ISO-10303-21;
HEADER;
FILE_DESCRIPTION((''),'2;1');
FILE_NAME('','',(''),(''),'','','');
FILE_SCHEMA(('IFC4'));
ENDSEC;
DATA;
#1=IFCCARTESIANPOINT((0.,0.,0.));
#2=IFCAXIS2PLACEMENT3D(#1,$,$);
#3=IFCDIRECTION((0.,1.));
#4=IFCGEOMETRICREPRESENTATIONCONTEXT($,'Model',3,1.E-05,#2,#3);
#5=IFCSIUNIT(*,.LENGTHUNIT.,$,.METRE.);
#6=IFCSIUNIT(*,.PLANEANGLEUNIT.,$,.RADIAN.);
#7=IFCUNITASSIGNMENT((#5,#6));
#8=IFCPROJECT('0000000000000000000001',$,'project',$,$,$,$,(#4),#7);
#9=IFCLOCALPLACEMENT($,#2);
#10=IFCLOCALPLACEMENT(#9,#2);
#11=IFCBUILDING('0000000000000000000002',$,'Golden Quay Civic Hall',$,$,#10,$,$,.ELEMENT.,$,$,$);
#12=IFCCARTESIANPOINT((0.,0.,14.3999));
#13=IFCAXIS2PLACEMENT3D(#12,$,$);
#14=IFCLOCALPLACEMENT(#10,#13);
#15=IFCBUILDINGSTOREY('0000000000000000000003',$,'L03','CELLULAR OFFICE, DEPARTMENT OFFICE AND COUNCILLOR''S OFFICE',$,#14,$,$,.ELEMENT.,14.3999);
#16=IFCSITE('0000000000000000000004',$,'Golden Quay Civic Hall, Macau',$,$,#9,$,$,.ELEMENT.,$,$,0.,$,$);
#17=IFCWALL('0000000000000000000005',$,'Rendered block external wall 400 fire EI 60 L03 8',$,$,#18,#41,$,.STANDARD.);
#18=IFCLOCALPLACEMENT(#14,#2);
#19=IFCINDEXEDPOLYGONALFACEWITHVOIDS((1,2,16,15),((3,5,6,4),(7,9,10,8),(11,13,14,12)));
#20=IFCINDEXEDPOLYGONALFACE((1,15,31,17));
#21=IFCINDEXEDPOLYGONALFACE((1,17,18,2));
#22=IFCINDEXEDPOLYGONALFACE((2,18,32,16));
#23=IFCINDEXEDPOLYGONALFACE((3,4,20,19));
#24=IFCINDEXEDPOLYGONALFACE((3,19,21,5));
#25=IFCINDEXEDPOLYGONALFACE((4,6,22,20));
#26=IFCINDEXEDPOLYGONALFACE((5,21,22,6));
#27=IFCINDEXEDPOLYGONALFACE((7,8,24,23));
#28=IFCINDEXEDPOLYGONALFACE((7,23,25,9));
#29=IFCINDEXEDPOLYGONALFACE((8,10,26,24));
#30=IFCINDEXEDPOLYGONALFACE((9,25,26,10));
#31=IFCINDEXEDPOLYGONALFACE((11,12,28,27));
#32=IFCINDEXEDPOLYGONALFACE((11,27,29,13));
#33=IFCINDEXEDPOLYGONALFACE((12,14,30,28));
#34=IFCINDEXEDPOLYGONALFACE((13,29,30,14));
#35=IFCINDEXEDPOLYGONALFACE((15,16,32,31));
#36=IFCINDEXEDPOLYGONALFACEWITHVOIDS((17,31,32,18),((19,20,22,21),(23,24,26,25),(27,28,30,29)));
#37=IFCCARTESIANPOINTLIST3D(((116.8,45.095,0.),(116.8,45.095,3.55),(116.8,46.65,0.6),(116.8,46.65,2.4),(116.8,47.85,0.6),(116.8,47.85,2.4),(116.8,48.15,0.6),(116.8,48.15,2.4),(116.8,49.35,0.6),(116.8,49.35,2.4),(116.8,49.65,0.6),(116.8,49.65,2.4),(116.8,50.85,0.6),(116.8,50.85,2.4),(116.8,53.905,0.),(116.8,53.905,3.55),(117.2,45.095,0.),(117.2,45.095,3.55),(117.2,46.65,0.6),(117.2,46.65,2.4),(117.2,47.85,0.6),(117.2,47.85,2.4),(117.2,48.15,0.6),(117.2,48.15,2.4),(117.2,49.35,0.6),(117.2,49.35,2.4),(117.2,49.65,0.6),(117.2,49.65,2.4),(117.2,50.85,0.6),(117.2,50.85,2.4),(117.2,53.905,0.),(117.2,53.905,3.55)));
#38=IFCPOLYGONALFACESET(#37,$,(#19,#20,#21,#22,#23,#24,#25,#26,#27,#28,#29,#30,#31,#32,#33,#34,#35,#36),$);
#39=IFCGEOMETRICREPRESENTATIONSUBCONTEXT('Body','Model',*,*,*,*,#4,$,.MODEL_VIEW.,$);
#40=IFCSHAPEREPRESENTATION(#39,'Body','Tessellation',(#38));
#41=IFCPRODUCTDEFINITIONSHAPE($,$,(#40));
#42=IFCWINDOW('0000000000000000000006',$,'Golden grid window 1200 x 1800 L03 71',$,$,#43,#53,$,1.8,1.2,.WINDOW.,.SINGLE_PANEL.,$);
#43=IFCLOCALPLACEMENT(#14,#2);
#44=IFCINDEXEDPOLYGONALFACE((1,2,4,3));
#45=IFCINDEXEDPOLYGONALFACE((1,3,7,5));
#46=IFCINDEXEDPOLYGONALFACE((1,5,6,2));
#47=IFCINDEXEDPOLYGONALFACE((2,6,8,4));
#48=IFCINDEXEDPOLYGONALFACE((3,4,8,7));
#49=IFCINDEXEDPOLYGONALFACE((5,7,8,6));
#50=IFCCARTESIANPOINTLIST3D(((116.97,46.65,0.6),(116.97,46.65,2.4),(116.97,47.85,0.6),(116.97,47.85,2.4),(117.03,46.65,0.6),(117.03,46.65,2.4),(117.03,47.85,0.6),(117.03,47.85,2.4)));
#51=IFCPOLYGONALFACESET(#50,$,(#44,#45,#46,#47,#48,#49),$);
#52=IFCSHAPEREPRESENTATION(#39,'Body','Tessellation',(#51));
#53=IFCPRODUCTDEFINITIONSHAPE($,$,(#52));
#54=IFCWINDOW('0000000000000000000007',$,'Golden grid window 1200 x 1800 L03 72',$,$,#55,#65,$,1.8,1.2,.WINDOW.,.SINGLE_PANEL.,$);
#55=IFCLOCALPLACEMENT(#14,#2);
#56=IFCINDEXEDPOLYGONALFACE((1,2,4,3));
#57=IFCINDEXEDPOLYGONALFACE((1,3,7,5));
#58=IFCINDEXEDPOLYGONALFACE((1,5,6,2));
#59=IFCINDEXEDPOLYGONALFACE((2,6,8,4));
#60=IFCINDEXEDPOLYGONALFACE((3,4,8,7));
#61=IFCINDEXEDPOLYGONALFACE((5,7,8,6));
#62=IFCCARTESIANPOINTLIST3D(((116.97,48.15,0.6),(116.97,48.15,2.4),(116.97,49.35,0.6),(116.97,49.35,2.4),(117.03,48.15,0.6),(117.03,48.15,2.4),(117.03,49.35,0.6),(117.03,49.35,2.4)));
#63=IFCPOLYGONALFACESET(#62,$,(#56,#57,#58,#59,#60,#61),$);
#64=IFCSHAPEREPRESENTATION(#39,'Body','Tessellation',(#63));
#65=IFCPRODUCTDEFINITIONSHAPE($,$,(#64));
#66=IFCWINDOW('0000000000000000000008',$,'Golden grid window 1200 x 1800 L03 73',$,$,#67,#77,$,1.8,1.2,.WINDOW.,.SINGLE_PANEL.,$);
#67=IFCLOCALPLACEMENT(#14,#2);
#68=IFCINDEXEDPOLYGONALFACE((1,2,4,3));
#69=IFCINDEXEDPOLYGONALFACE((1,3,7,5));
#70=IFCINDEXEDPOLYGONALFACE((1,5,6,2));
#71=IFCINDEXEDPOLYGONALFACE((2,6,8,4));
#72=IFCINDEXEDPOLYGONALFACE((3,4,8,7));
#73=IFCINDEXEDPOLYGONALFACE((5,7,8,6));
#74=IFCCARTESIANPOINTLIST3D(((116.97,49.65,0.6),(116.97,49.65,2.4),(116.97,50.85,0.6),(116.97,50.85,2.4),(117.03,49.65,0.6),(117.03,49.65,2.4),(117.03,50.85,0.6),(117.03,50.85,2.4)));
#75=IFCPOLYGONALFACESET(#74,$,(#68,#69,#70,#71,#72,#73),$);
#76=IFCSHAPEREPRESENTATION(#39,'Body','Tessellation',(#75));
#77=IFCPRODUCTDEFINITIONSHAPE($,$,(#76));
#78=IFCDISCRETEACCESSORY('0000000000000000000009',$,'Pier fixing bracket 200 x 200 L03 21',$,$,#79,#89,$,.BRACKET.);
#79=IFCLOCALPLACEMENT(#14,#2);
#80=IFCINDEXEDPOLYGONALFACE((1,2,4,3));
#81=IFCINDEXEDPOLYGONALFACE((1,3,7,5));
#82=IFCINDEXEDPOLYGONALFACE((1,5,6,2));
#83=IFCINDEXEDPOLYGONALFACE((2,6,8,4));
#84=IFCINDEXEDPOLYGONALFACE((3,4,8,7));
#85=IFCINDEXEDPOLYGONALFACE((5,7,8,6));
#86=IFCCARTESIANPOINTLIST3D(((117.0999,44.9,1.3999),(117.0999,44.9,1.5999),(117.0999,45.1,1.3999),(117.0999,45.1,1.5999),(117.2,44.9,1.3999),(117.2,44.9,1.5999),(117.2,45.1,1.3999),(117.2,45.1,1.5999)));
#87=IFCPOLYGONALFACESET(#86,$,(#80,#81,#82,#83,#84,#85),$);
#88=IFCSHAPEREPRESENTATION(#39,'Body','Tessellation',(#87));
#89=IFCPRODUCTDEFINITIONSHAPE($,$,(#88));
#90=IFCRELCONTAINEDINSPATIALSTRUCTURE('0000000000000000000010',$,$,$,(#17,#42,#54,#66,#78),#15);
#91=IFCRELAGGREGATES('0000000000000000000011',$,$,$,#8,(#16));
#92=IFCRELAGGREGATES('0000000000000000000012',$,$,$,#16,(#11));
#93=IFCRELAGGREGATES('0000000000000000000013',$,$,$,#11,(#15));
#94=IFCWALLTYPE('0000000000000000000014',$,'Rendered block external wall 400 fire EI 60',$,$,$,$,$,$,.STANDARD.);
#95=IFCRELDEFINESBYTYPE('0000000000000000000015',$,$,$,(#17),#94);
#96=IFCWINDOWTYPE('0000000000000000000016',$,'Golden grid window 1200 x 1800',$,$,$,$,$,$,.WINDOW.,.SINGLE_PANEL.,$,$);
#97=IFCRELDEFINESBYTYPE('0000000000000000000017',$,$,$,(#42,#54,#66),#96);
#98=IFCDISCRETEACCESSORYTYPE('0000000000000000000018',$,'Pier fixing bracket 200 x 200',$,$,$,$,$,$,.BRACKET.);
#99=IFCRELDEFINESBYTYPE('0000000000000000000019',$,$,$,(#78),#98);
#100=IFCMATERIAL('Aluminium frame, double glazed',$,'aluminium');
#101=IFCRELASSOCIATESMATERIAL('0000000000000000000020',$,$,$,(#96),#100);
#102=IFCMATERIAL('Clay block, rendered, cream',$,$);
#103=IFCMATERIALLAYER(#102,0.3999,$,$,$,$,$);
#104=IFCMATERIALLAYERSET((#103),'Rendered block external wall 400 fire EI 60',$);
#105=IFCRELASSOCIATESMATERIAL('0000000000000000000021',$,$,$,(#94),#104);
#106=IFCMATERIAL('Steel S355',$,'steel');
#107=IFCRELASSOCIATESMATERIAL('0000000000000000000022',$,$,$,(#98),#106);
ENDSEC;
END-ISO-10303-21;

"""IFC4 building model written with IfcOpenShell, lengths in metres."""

from ifc_helpers import new_model, si_unit, direction, frame, frame_2d, origin, origin_2d, place, context, subcontext, project, spatial, rectangle, extrude, material, layer, layer_set, type_object, element, fill, save


model = new_model("IFC4")

# Units and contexts
model_context = context("Model", 3, precision=1e-05, world=origin(), true_north=direction((0.0, 1.0)))
body_context = subcontext(model_context, "Body", "Model", "MODEL_VIEW")
ifc_project = project(units=[si_unit("LENGTHUNIT", "METRE"), si_unit("PLANEANGLEUNIT", "RADIAN")], contexts=[model_context])

# Site, building, storey
site_placement = place(None, origin())
site = spatial("IfcSite", under=ifc_project, at=site_placement, Name="Golden Quay Civic Hall, Macau", CompositionType="ELEMENT", RefElevation=0.0)
building_placement = place(site_placement, origin())
building = spatial("IfcBuilding", under=site, at=building_placement, Name="Golden Quay Civic Hall", CompositionType="ELEMENT")
storey_placement = place(building_placement, frame((0.0, 0.0, 14.3999)))
storey = spatial("IfcBuildingStorey", under=building, at=storey_placement, Name="L03", Description="CELLULAR OFFICE, DEPARTMENT OFFICE AND COUNCILLOR'S OFFICE", CompositionType="ELEMENT", Elevation=14.3999)

# Wall, openings, windows
ifc_material_1 = material(Name="Aluminium frame, double glazed", Category="aluminium")
window_type = type_object("IfcWindowType", Name="Golden grid window 1200 x 1800", PartitioningType="SINGLE_PANEL", PredefinedType="WINDOW", material=ifc_material_1)
ifc_material_2 = material(Name="Clay block, rendered, cream")
ifc_layer_1 = layer(ifc_material_2, 0.3999)
ifc_layer_set_1 = layer_set([ifc_layer_1], Name="Rendered block external wall 400 fire EI 60")
wall_type_1 = type_object("IfcWallType", Name="Rendered block external wall 400 fire EI 60", PredefinedType="STANDARD", material=ifc_layer_set_1)
wall_1_placement = place(storey_placement, frame((117.0, 53.905, 0.0), z_axis=(0.0, 0.0, 1.0), x_axis=(0.0, -1.0, 0.0)))
wall_1 = element("IfcWall", 1, at=wall_1_placement, inside=storey, type_object=wall_type_1, Name="Rendered block external wall 400 fire EI 60 L03 8", PredefinedType="STANDARD", context=body_context, shape_type="SweptSolid", body=[
    extrude(rectangle(XDim=8.8101, YDim=0.3999, at=frame_2d((4.405, 0.0))), origin(), (0.0, 0.0, 1.0), 3.55),
])
opening_1_placement = place(wall_1_placement, frame((6.0549, 0.0, 0.6001)))
opening_1 = element("IfcOpeningElement", 2, at=opening_1_placement, cuts=wall_1, PredefinedType="OPENING", context=body_context, shape_type="SweptSolid", body=[
    extrude(rectangle(XDim=1.2, YDim=1.8, at=frame_2d((0.6001, 0.8999))), frame((0.0, 0.21, 0.0), z_axis=(0.0, -1.0, 0.0), x_axis=(1.0, 0.0, 0.0)), (0.0, 0.0, 1.0), 0.4199),
])
opening_2_placement = place(wall_1_placement, frame((4.5549, 0.0, 0.6001)))
opening_2 = element("IfcOpeningElement", 3, at=opening_2_placement, cuts=wall_1, PredefinedType="OPENING", context=body_context, shape_type="SweptSolid", body=[
    extrude(rectangle(XDim=1.2, YDim=1.8, at=frame_2d((0.6001, 0.8999))), frame((0.0, 0.21, 0.0), z_axis=(0.0, -1.0, 0.0), x_axis=(1.0, 0.0, 0.0)), (0.0, 0.0, 1.0), 0.4199),
])
opening_3_placement = place(wall_1_placement, frame((3.0549, 0.0, 0.6001)))
opening_3 = element("IfcOpeningElement", 4, at=opening_3_placement, cuts=wall_1, PredefinedType="OPENING", context=body_context, shape_type="SweptSolid", body=[
    extrude(rectangle(XDim=1.2, YDim=1.8, at=frame_2d((0.6001, 0.8999))), frame((0.0, 0.21, 0.0), z_axis=(0.0, -1.0, 0.0), x_axis=(1.0, 0.0, 0.0)), (0.0, 0.0, 1.0), 0.4199),
])
window_1_placement = place(opening_1_placement, origin())
window_1 = element("IfcWindow", 5, at=window_1_placement, inside=storey, type_object=window_type, Name="Golden grid window 1200 x 1800 L03 71", OverallHeight=1.8, OverallWidth=1.2, PartitioningType="SINGLE_PANEL", PredefinedType="WINDOW", context=body_context, shape_type="SweptSolid", body=[
    extrude(rectangle(XDim=1.2, YDim=1.8, at=frame_2d((0.6001, 0.8999))), frame((0.0, 0.03, 0.0), z_axis=(0.0, -1.0, 0.0), x_axis=(1.0, 0.0, 0.0)), (0.0, 0.0, 1.0), 0.0601),
])
fill(opening_1, window_1)
window_2_placement = place(opening_2_placement, origin())
window_2 = element("IfcWindow", 6, at=window_2_placement, inside=storey, type_object=window_type, Name="Golden grid window 1200 x 1800 L03 72", OverallHeight=1.8, OverallWidth=1.2, PartitioningType="SINGLE_PANEL", PredefinedType="WINDOW", context=body_context, shape_type="SweptSolid", body=[
    extrude(rectangle(XDim=1.2, YDim=1.8, at=frame_2d((0.6001, 0.8999))), frame((0.0, 0.03, 0.0), z_axis=(0.0, -1.0, 0.0), x_axis=(1.0, 0.0, 0.0)), (0.0, 0.0, 1.0), 0.0601),
])
fill(opening_2, window_2)
window_3_placement = place(opening_3_placement, origin())
window_3 = element("IfcWindow", 7, at=window_3_placement, inside=storey, type_object=window_type, Name="Golden grid window 1200 x 1800 L03 73", OverallHeight=1.8, OverallWidth=1.2, PartitioningType="SINGLE_PANEL", PredefinedType="WINDOW", context=body_context, shape_type="SweptSolid", body=[
    extrude(rectangle(XDim=1.2, YDim=1.8, at=frame_2d((0.6001, 0.8999))), frame((0.0, 0.03, 0.0), z_axis=(0.0, -1.0, 0.0), x_axis=(1.0, 0.0, 0.0)), (0.0, 0.0, 1.0), 0.0601),
])
fill(opening_3, window_3)

# Discrete accessory
ifc_material_3 = material(Name="Steel S355", Category="steel")
discrete_accessory_type = type_object("IfcDiscreteAccessoryType", Name="Pier fixing bracket 200 x 200", PredefinedType="BRACKET", material=ifc_material_3)
discrete_accessory_placement = place(storey_placement, frame((117.1499, 45.0, 1.3999), z_axis=(0.0, 0.0, 1.0), x_axis=(0.0, 1.0, 0.0)))
element("IfcDiscreteAccessory", 8, at=discrete_accessory_placement, inside=storey, type_object=discrete_accessory_type, Name="Pier fixing bracket 200 x 200 L03 21", PredefinedType="BRACKET", context=body_context, shape_type="SweptSolid", body=[
    extrude(rectangle(XDim=0.2, YDim=0.1001, at=origin_2d()), origin(), (0.0, 0.0, 1.0), 0.2),
])

save(model, "model.ifc")
